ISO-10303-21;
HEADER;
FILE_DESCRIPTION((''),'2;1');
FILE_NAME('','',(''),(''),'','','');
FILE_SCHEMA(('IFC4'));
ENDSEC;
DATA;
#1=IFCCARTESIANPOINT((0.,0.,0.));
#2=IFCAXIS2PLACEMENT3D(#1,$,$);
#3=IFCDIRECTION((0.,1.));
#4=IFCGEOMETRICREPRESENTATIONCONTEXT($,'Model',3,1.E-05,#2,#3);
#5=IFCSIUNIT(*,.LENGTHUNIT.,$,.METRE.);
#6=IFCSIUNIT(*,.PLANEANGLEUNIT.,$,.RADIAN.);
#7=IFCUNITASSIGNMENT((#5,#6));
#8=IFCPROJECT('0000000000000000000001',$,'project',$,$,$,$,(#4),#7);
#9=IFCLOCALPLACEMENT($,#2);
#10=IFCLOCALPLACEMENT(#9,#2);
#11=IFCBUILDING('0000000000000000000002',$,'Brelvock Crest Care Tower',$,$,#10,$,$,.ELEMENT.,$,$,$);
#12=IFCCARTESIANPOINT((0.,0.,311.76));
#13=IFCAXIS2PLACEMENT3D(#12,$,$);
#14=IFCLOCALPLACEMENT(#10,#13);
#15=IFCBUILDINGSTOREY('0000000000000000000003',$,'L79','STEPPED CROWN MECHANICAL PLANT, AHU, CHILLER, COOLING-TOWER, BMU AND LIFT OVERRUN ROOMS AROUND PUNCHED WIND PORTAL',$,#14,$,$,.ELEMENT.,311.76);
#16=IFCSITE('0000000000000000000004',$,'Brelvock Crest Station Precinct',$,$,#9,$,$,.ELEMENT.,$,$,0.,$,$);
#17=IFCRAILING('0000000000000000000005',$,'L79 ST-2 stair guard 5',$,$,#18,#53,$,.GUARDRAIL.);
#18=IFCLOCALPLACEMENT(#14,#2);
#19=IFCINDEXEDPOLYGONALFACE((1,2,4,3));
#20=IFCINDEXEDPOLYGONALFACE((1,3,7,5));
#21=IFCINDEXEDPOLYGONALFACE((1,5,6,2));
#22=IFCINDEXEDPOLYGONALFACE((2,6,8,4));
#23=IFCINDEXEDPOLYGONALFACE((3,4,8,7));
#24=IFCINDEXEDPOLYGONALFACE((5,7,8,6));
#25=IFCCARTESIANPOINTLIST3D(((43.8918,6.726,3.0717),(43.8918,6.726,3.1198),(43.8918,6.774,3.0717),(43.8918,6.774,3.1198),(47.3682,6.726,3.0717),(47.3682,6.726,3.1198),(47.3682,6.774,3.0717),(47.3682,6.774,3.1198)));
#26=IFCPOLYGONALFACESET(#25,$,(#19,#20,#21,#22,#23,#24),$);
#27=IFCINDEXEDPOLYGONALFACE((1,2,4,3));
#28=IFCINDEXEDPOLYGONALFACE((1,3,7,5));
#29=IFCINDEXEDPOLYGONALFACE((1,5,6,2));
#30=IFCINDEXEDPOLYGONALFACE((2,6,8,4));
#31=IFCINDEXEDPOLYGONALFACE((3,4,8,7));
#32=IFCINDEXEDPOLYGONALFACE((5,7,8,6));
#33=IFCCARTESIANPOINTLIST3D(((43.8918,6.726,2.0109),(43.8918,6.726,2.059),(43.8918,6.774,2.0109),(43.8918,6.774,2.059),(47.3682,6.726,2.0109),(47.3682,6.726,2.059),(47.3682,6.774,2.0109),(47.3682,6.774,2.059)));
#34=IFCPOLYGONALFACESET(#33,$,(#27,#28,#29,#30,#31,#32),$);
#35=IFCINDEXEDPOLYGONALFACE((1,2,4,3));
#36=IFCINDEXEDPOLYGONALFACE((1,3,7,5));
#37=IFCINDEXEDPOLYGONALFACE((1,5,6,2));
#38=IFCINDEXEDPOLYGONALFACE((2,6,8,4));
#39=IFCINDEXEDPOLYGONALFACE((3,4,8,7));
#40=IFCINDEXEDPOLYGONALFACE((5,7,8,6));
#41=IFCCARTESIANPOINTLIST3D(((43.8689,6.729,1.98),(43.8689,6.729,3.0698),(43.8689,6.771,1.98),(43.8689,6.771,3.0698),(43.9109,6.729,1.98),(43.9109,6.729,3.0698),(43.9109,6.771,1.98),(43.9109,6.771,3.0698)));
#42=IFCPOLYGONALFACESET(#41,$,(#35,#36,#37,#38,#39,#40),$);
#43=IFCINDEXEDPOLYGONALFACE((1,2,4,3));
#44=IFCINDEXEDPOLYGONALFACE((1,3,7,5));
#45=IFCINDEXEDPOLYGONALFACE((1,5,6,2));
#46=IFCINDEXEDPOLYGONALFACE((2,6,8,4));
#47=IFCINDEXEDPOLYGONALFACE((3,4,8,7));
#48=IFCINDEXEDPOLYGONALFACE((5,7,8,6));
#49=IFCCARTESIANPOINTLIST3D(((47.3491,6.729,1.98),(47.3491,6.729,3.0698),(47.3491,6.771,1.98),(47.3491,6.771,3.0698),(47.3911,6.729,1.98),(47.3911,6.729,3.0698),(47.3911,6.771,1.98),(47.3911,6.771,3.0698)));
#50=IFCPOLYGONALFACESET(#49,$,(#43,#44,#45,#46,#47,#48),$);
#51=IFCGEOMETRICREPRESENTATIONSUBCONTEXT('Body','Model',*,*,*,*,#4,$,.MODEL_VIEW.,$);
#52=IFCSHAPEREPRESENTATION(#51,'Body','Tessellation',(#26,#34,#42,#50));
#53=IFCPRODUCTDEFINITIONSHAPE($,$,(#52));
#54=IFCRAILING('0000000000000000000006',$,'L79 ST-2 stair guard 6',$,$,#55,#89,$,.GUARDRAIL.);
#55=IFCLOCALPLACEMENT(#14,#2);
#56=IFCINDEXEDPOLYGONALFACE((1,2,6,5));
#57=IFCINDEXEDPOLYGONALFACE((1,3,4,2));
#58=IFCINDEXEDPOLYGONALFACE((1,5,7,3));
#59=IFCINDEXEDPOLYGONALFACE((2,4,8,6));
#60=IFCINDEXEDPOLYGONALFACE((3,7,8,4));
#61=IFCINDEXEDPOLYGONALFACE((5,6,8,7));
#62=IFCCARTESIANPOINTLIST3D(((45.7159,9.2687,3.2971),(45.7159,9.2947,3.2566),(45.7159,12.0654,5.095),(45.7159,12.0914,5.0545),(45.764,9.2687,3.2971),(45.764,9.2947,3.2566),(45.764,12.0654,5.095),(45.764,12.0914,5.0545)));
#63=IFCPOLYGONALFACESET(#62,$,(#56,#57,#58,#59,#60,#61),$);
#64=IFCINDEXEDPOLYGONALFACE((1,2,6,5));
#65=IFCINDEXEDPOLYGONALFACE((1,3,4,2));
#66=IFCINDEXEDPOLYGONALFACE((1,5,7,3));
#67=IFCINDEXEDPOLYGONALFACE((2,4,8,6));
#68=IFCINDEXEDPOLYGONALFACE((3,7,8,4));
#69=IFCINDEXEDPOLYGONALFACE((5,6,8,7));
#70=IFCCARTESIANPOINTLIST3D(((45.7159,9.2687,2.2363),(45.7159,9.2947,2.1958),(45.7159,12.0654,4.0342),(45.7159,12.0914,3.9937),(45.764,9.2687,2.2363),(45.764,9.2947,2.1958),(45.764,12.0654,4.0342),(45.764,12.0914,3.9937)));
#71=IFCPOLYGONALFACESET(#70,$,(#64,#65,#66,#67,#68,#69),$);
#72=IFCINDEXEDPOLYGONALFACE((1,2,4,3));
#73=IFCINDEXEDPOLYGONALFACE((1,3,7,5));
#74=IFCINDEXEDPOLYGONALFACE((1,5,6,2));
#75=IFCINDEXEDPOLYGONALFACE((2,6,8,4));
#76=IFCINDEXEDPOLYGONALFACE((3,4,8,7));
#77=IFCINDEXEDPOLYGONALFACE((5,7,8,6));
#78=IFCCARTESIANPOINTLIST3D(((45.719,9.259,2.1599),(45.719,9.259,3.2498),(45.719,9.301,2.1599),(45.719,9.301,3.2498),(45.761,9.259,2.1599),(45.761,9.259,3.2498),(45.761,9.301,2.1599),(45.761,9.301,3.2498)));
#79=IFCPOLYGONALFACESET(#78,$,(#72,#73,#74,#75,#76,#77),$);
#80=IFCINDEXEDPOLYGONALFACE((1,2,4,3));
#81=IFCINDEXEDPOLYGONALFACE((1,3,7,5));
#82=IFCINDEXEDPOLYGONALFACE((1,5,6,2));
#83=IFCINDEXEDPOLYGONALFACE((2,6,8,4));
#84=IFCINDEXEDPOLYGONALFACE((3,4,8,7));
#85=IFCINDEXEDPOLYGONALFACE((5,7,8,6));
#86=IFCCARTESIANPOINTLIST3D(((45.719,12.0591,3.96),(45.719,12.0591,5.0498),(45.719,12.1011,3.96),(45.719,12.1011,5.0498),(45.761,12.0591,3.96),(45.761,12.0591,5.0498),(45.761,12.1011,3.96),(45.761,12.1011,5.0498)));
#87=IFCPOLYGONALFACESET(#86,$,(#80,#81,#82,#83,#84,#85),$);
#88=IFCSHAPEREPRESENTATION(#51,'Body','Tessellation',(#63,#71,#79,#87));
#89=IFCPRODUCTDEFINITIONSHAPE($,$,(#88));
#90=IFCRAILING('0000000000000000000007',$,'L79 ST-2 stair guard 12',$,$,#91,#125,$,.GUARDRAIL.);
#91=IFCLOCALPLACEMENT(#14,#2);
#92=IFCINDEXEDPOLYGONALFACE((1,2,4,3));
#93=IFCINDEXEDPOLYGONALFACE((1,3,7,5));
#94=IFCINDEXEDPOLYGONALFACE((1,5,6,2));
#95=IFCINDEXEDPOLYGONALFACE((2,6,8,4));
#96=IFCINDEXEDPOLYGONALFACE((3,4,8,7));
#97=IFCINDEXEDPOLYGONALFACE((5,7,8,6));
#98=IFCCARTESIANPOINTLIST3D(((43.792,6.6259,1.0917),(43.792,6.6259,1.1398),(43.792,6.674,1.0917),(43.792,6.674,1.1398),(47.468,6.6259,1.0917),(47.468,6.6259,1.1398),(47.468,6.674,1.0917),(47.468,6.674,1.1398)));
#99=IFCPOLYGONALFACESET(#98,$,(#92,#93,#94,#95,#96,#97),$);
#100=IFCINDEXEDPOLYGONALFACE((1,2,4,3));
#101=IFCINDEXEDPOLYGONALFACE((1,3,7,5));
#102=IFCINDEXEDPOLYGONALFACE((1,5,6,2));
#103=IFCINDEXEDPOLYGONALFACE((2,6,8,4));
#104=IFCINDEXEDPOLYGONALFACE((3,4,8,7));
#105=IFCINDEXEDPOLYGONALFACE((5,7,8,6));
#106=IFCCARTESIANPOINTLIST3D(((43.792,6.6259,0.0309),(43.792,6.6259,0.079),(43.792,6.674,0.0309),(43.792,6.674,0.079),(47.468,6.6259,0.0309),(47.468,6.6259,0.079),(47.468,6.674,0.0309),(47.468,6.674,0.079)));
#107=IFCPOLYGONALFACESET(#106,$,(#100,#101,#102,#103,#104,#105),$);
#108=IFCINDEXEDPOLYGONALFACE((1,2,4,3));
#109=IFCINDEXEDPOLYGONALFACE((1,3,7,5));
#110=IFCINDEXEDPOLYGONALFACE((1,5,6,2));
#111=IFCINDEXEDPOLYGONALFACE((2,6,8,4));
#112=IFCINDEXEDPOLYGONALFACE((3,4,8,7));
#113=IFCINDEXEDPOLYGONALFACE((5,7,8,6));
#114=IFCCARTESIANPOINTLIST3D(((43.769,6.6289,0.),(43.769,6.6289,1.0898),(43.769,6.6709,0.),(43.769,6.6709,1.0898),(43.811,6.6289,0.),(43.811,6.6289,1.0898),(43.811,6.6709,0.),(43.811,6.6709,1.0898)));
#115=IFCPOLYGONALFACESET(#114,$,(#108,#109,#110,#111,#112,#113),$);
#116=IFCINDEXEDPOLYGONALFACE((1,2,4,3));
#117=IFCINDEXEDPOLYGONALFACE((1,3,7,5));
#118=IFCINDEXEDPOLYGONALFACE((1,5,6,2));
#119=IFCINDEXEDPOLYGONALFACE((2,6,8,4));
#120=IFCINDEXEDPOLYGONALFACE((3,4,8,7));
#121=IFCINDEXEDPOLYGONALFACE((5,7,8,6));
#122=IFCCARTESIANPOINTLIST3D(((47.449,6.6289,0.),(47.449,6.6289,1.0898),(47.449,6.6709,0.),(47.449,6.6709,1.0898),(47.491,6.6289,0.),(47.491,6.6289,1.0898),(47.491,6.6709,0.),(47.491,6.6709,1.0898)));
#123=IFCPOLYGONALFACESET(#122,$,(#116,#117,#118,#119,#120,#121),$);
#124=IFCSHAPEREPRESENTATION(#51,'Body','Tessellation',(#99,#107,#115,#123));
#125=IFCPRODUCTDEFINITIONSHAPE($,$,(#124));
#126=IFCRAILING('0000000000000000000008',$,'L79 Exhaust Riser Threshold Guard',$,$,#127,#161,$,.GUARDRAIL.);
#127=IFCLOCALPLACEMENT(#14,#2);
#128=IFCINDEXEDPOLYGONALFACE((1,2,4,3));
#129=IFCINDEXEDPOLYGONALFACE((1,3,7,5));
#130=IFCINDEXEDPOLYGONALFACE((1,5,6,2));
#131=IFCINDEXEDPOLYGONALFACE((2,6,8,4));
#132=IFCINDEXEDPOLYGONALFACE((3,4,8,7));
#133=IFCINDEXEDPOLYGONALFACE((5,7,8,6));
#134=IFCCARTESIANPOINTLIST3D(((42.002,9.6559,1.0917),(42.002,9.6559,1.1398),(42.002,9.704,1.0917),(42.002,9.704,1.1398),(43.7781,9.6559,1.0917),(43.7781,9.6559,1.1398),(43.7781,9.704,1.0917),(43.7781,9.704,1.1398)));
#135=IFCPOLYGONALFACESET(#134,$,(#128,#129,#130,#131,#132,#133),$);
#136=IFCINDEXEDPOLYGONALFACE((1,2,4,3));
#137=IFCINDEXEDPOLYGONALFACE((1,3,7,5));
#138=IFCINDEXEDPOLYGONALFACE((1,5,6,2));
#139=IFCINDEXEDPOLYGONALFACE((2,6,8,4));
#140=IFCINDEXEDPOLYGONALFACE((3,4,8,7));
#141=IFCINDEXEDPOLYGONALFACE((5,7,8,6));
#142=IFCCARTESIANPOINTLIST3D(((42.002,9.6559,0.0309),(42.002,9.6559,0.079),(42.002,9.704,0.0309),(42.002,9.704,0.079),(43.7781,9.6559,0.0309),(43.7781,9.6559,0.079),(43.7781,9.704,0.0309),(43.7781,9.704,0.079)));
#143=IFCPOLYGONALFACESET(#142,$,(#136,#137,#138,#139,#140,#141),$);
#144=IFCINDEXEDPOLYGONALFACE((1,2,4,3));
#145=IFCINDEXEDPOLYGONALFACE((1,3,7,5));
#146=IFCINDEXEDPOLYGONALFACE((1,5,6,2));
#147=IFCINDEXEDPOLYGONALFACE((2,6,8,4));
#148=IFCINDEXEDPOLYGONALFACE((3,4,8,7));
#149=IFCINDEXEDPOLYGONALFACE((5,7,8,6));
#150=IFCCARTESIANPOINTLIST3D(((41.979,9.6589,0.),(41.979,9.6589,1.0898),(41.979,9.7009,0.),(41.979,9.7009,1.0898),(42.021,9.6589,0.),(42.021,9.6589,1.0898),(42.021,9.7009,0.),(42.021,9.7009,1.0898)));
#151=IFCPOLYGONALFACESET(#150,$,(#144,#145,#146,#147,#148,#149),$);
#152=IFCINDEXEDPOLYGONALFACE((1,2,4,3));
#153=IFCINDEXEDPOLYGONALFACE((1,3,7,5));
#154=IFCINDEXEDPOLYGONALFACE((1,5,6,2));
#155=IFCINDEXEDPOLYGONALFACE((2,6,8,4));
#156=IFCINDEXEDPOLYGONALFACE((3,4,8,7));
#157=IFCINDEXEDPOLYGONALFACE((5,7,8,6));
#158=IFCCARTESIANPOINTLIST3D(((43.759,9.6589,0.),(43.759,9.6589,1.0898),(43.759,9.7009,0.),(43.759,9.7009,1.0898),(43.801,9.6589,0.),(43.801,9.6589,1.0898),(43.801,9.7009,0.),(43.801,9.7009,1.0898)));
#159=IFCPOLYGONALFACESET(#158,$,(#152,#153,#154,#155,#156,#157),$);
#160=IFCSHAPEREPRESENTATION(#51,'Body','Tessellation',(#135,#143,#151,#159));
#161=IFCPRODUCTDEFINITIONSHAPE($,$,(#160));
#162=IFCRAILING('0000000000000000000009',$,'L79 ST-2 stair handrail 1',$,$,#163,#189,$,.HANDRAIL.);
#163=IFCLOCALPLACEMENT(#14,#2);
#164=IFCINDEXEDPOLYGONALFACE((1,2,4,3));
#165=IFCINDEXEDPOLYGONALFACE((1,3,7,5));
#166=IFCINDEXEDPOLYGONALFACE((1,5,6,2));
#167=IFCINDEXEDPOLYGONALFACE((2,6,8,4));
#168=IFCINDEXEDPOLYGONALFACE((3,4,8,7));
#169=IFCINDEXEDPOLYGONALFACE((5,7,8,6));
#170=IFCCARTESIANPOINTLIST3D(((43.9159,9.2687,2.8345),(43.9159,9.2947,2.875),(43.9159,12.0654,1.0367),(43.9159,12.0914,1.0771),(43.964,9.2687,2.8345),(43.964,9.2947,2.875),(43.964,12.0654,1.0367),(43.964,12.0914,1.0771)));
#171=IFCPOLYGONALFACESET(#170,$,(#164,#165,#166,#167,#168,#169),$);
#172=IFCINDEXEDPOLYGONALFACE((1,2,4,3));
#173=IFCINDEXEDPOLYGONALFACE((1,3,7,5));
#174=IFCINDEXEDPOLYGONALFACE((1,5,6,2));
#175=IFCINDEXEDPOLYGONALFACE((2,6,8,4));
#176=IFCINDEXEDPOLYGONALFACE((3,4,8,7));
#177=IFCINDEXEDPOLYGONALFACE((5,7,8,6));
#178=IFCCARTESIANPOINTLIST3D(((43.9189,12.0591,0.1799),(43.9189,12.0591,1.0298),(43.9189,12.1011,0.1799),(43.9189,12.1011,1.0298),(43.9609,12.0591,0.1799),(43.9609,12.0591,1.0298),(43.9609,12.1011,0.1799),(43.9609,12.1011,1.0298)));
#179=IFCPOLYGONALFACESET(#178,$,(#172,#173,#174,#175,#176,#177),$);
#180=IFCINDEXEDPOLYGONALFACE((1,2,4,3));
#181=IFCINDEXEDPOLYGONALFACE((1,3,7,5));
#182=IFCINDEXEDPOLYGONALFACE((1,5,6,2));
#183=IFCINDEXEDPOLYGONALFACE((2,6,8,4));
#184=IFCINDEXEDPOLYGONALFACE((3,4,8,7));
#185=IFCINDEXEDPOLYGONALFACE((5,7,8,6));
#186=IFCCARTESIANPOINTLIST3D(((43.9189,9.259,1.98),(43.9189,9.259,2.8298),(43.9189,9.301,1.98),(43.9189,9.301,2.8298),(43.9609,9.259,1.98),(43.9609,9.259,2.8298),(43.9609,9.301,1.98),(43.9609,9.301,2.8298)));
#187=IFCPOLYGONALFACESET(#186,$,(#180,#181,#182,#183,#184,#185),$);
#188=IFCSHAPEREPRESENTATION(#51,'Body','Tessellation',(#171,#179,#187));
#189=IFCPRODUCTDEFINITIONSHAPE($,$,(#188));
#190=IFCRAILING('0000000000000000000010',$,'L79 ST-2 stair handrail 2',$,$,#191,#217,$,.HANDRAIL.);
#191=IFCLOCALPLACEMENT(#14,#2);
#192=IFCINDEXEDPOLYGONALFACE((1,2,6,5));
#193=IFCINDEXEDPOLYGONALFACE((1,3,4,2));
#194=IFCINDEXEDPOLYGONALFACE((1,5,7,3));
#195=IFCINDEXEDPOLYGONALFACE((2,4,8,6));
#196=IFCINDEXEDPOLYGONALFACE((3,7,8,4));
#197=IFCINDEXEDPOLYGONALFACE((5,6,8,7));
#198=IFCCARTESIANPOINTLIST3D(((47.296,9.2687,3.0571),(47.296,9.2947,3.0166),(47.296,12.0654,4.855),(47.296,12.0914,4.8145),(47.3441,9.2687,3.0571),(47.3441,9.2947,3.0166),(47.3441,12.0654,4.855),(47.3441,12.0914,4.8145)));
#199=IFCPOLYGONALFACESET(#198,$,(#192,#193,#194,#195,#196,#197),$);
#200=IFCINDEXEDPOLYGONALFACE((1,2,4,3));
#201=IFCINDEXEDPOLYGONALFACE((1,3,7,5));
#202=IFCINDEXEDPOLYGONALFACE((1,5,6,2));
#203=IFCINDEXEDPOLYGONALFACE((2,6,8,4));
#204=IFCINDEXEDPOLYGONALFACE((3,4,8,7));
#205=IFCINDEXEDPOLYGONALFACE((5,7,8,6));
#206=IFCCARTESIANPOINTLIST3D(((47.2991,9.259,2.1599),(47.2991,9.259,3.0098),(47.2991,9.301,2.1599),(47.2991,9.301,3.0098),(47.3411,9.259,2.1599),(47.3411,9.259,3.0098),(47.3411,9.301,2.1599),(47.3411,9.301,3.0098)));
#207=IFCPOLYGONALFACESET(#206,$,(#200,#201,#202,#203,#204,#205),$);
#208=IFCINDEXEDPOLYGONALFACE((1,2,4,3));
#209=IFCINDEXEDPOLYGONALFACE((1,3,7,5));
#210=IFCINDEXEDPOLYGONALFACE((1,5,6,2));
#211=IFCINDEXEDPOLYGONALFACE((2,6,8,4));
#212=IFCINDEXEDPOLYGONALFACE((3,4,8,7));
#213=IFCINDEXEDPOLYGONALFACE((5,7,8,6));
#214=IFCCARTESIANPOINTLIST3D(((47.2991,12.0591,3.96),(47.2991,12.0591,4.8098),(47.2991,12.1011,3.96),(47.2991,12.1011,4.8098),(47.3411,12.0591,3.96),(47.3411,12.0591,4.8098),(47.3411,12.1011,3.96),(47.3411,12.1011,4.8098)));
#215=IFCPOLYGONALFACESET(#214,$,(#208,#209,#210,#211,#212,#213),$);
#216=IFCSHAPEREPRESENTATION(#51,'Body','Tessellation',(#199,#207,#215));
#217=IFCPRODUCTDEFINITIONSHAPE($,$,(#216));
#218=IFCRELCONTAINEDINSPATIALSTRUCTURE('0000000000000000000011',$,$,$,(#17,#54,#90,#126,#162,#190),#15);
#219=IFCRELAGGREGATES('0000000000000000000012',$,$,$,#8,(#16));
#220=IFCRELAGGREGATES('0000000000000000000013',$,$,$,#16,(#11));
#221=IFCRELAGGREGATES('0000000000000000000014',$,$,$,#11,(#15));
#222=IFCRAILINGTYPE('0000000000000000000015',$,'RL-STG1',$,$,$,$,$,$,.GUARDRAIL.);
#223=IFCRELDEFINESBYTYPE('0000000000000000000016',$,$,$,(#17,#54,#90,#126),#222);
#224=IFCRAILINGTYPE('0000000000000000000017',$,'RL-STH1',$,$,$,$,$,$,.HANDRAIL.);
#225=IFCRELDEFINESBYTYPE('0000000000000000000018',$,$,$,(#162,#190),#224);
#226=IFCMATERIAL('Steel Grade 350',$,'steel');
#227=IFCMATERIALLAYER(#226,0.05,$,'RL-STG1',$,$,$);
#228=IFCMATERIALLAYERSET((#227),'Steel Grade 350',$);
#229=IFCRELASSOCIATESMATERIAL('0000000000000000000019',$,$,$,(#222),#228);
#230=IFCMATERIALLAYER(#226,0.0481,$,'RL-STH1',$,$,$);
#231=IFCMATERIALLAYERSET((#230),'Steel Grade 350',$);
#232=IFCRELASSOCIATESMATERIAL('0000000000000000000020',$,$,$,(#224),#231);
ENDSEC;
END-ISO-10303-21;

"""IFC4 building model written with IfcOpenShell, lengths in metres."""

from ifc_helpers import new_model, si_unit, direction, frame, origin, origin_2d, place, context, subcontext, project, spatial, rectangle, extrude, material, layer, layer_set, type_object, element, save


model = new_model("IFC4")

# Units and contexts
model_context = context("Model", 3, precision=1e-05, world=origin(), true_north=direction((0.0, 1.0)))
body_context = subcontext(model_context, "Body", "Model", "MODEL_VIEW")
ifc_project = project(units=[si_unit("LENGTHUNIT", "METRE"), si_unit("PLANEANGLEUNIT", "RADIAN")], contexts=[model_context])

# Site, building, storey
site_placement = place(None, origin())
site = spatial("IfcSite", under=ifc_project, at=site_placement, Name="Brelvock Crest Station Precinct", CompositionType="ELEMENT", RefElevation=0.0)
building_placement = place(site_placement, origin())
building = spatial("IfcBuilding", under=site, at=building_placement, Name="Brelvock Crest Care Tower", CompositionType="ELEMENT")
storey_placement = place(building_placement, frame((0.0, 0.0, 311.76)))
storey = spatial("IfcBuildingStorey", under=building, at=storey_placement, Name="L79", Description="STEPPED CROWN MECHANICAL PLANT, AHU, CHILLER, COOLING-TOWER, BMU AND LIFT OVERRUN ROOMS AROUND PUNCHED WIND PORTAL", CompositionType="ELEMENT", Elevation=311.76)

# Shared definitions
ifc_material_1 = material(Name="Steel Grade 350", Category="steel")

# Railings
ifc_layer_1 = layer(ifc_material_1, 0.05, Name="RL-STG1")
ifc_layer_set_1 = layer_set([ifc_layer_1], Name="Steel Grade 350")
railing_type_1 = type_object("IfcRailingType", Name="RL-STG1", PredefinedType="GUARDRAIL", material=ifc_layer_set_1)
railing_1_placement = place(storey_placement, frame((43.8899, 6.75, 1.98)))
element("IfcRailing", 1, at=railing_1_placement, inside=storey, type_object=railing_type_1, Name="L79 ST-2 stair guard 5", PredefinedType="GUARDRAIL", context=body_context, shape_type="SweptSolid", body=[
    extrude(rectangle(XDim=0.0481, YDim=0.0481, at=origin_2d()), frame((0.002, 0.0, 1.1157), z_axis=(1.0, 0.0, 0.0), x_axis=(0.0, 1.0, 0.0)), (0.0, 0.0, 1.0), 3.4763),
    extrude(rectangle(XDim=0.0481, YDim=0.0481, at=origin_2d()), frame((0.002, 0.0, 0.0549), z_axis=(1.0, 0.0, 0.0), x_axis=(0.0, 1.0, 0.0)), (0.0, 0.0, 1.0), 3.4763),
    extrude(rectangle(XDim=0.042, YDim=0.042, at=origin_2d()), origin(), (0.0, 0.0, 1.0), 1.0898),
    extrude(rectangle(XDim=0.042, YDim=0.042, at=origin_2d()), frame((3.4802, 0.0, 0.0)), (0.0, 0.0, 1.0), 1.0898),
])
railing_2_placement = place(storey_placement, frame((45.74, 9.28, 2.1599)))
element("IfcRailing", 2, at=railing_2_placement, inside=storey, type_object=railing_type_1, Name="L79 ST-2 stair guard 6", PredefinedType="GUARDRAIL", context=body_context, shape_type="SweptSolid", body=[
    extrude(rectangle(XDim=0.0481, YDim=0.0481, at=origin_2d()), frame((0.0, 0.0017, 1.1169), z_axis=(0.0, 0.841176, 0.540761), x_axis=(-1.0, 0.0, 0.0)), (0.0, 0.0, 1.0), 3.3247),
    extrude(rectangle(XDim=0.0481, YDim=0.0481, at=origin_2d()), frame((0.0, 0.0017, 0.0562), z_axis=(0.0, 0.841176, 0.540761), x_axis=(-1.0, 0.0, 0.0)), (0.0, 0.0, 1.0), 3.3247),
    extrude(rectangle(XDim=0.042, YDim=0.042, at=origin_2d()), origin(), (0.0, 0.0, 1.0), 1.0898),
    extrude(rectangle(XDim=0.042, YDim=0.042, at=origin_2d()), frame((0.0, 2.8, 1.8)), (0.0, 0.0, 1.0), 1.0898),
])
railing_3_placement = place(storey_placement, frame((43.79, 6.6499, 0.0)))
element("IfcRailing", 3, at=railing_3_placement, inside=storey, type_object=railing_type_1, Name="L79 ST-2 stair guard 12", PredefinedType="GUARDRAIL", context=body_context, shape_type="SweptSolid", body=[
    extrude(rectangle(XDim=0.0481, YDim=0.0481, at=origin_2d()), frame((0.002, 0.0, 1.1157), z_axis=(1.0, 0.0, 0.0), x_axis=(0.0, 1.0, 0.0)), (0.0, 0.0, 1.0), 3.676),
    extrude(rectangle(XDim=0.0481, YDim=0.0481, at=origin_2d()), frame((0.002, 0.0, 0.0549), z_axis=(1.0, 0.0, 0.0), x_axis=(0.0, 1.0, 0.0)), (0.0, 0.0, 1.0), 3.676),
    extrude(rectangle(XDim=0.042, YDim=0.042, at=origin_2d()), origin(), (0.0, 0.0, 1.0), 1.0898),
    extrude(rectangle(XDim=0.042, YDim=0.042, at=origin_2d()), frame((3.6799, 0.0, 0.0)), (0.0, 0.0, 1.0), 1.0898),
])
railing_4_placement = place(storey_placement, frame((42.0, 9.6799, 0.0)))
element("IfcRailing", 4, at=railing_4_placement, inside=storey, type_object=railing_type_1, Name="L79 Exhaust Riser Threshold Guard", PredefinedType="GUARDRAIL", context=body_context, shape_type="SweptSolid", body=[
    extrude(rectangle(XDim=0.0481, YDim=0.0481, at=origin_2d()), frame((0.002, 0.0, 1.1157), z_axis=(1.0, 0.0, 0.0), x_axis=(0.0, 1.0, 0.0)), (0.0, 0.0, 1.0), 1.7761),
    extrude(rectangle(XDim=0.0481, YDim=0.0481, at=origin_2d()), frame((0.002, 0.0, 0.0549), z_axis=(1.0, 0.0, 0.0), x_axis=(0.0, 1.0, 0.0)), (0.0, 0.0, 1.0), 1.7761),
    extrude(rectangle(XDim=0.042, YDim=0.042, at=origin_2d()), origin(), (0.0, 0.0, 1.0), 1.0898),
    extrude(rectangle(XDim=0.042, YDim=0.042, at=origin_2d()), frame((1.78, 0.0, 0.0)), (0.0, 0.0, 1.0), 1.0898),
])
ifc_layer_2 = layer(ifc_material_1, 0.0481, Name="RL-STH1")
ifc_layer_set_2 = layer_set([ifc_layer_2], Name="Steel Grade 350")
railing_type_2 = type_object("IfcRailingType", Name="RL-STH1", PredefinedType="HANDRAIL", material=ifc_layer_set_2)
railing_5_placement = place(storey_placement, frame((43.9399, 12.0801, 0.1799)))
element("IfcRailing", 5, at=railing_5_placement, inside=storey, type_object=railing_type_2, Name="L79 ST-2 stair handrail 1", PredefinedType="HANDRAIL", context=body_context, shape_type="SweptSolid", body=[
    extrude(rectangle(XDim=0.0481, YDim=0.0481, at=origin_2d()), frame((0.0, -0.0017, 0.877), z_axis=(0.0, -0.841176, 0.540761), x_axis=(1.0, 0.0, 0.0)), (0.0, 0.0, 1.0), 3.3247),
    extrude(rectangle(XDim=0.042, YDim=0.042, at=origin_2d()), origin(), (0.0, 0.0, 1.0), 0.8499),
    extrude(rectangle(XDim=0.042, YDim=0.042, at=origin_2d()), frame((0.0, -2.8, 1.8)), (0.0, 0.0, 1.0), 0.8499),
])
railing_6_placement = place(storey_placement, frame((47.3201, 9.28, 2.1599)))
element("IfcRailing", 6, at=railing_6_placement, inside=storey, type_object=railing_type_2, Name="L79 ST-2 stair handrail 2", PredefinedType="HANDRAIL", context=body_context, shape_type="SweptSolid", body=[
    extrude(rectangle(XDim=0.0481, YDim=0.0481, at=origin_2d()), frame((0.0, 0.0017, 0.877), z_axis=(0.0, 0.841176, 0.540761), x_axis=(-1.0, 0.0, 0.0)), (0.0, 0.0, 1.0), 3.3247),
    extrude(rectangle(XDim=0.042, YDim=0.042, at=origin_2d()), origin(), (0.0, 0.0, 1.0), 0.8499),
    extrude(rectangle(XDim=0.042, YDim=0.042, at=origin_2d()), frame((0.0, 2.8, 1.8)), (0.0, 0.0, 1.0), 0.8499),
])

save(model, "model.ifc")
